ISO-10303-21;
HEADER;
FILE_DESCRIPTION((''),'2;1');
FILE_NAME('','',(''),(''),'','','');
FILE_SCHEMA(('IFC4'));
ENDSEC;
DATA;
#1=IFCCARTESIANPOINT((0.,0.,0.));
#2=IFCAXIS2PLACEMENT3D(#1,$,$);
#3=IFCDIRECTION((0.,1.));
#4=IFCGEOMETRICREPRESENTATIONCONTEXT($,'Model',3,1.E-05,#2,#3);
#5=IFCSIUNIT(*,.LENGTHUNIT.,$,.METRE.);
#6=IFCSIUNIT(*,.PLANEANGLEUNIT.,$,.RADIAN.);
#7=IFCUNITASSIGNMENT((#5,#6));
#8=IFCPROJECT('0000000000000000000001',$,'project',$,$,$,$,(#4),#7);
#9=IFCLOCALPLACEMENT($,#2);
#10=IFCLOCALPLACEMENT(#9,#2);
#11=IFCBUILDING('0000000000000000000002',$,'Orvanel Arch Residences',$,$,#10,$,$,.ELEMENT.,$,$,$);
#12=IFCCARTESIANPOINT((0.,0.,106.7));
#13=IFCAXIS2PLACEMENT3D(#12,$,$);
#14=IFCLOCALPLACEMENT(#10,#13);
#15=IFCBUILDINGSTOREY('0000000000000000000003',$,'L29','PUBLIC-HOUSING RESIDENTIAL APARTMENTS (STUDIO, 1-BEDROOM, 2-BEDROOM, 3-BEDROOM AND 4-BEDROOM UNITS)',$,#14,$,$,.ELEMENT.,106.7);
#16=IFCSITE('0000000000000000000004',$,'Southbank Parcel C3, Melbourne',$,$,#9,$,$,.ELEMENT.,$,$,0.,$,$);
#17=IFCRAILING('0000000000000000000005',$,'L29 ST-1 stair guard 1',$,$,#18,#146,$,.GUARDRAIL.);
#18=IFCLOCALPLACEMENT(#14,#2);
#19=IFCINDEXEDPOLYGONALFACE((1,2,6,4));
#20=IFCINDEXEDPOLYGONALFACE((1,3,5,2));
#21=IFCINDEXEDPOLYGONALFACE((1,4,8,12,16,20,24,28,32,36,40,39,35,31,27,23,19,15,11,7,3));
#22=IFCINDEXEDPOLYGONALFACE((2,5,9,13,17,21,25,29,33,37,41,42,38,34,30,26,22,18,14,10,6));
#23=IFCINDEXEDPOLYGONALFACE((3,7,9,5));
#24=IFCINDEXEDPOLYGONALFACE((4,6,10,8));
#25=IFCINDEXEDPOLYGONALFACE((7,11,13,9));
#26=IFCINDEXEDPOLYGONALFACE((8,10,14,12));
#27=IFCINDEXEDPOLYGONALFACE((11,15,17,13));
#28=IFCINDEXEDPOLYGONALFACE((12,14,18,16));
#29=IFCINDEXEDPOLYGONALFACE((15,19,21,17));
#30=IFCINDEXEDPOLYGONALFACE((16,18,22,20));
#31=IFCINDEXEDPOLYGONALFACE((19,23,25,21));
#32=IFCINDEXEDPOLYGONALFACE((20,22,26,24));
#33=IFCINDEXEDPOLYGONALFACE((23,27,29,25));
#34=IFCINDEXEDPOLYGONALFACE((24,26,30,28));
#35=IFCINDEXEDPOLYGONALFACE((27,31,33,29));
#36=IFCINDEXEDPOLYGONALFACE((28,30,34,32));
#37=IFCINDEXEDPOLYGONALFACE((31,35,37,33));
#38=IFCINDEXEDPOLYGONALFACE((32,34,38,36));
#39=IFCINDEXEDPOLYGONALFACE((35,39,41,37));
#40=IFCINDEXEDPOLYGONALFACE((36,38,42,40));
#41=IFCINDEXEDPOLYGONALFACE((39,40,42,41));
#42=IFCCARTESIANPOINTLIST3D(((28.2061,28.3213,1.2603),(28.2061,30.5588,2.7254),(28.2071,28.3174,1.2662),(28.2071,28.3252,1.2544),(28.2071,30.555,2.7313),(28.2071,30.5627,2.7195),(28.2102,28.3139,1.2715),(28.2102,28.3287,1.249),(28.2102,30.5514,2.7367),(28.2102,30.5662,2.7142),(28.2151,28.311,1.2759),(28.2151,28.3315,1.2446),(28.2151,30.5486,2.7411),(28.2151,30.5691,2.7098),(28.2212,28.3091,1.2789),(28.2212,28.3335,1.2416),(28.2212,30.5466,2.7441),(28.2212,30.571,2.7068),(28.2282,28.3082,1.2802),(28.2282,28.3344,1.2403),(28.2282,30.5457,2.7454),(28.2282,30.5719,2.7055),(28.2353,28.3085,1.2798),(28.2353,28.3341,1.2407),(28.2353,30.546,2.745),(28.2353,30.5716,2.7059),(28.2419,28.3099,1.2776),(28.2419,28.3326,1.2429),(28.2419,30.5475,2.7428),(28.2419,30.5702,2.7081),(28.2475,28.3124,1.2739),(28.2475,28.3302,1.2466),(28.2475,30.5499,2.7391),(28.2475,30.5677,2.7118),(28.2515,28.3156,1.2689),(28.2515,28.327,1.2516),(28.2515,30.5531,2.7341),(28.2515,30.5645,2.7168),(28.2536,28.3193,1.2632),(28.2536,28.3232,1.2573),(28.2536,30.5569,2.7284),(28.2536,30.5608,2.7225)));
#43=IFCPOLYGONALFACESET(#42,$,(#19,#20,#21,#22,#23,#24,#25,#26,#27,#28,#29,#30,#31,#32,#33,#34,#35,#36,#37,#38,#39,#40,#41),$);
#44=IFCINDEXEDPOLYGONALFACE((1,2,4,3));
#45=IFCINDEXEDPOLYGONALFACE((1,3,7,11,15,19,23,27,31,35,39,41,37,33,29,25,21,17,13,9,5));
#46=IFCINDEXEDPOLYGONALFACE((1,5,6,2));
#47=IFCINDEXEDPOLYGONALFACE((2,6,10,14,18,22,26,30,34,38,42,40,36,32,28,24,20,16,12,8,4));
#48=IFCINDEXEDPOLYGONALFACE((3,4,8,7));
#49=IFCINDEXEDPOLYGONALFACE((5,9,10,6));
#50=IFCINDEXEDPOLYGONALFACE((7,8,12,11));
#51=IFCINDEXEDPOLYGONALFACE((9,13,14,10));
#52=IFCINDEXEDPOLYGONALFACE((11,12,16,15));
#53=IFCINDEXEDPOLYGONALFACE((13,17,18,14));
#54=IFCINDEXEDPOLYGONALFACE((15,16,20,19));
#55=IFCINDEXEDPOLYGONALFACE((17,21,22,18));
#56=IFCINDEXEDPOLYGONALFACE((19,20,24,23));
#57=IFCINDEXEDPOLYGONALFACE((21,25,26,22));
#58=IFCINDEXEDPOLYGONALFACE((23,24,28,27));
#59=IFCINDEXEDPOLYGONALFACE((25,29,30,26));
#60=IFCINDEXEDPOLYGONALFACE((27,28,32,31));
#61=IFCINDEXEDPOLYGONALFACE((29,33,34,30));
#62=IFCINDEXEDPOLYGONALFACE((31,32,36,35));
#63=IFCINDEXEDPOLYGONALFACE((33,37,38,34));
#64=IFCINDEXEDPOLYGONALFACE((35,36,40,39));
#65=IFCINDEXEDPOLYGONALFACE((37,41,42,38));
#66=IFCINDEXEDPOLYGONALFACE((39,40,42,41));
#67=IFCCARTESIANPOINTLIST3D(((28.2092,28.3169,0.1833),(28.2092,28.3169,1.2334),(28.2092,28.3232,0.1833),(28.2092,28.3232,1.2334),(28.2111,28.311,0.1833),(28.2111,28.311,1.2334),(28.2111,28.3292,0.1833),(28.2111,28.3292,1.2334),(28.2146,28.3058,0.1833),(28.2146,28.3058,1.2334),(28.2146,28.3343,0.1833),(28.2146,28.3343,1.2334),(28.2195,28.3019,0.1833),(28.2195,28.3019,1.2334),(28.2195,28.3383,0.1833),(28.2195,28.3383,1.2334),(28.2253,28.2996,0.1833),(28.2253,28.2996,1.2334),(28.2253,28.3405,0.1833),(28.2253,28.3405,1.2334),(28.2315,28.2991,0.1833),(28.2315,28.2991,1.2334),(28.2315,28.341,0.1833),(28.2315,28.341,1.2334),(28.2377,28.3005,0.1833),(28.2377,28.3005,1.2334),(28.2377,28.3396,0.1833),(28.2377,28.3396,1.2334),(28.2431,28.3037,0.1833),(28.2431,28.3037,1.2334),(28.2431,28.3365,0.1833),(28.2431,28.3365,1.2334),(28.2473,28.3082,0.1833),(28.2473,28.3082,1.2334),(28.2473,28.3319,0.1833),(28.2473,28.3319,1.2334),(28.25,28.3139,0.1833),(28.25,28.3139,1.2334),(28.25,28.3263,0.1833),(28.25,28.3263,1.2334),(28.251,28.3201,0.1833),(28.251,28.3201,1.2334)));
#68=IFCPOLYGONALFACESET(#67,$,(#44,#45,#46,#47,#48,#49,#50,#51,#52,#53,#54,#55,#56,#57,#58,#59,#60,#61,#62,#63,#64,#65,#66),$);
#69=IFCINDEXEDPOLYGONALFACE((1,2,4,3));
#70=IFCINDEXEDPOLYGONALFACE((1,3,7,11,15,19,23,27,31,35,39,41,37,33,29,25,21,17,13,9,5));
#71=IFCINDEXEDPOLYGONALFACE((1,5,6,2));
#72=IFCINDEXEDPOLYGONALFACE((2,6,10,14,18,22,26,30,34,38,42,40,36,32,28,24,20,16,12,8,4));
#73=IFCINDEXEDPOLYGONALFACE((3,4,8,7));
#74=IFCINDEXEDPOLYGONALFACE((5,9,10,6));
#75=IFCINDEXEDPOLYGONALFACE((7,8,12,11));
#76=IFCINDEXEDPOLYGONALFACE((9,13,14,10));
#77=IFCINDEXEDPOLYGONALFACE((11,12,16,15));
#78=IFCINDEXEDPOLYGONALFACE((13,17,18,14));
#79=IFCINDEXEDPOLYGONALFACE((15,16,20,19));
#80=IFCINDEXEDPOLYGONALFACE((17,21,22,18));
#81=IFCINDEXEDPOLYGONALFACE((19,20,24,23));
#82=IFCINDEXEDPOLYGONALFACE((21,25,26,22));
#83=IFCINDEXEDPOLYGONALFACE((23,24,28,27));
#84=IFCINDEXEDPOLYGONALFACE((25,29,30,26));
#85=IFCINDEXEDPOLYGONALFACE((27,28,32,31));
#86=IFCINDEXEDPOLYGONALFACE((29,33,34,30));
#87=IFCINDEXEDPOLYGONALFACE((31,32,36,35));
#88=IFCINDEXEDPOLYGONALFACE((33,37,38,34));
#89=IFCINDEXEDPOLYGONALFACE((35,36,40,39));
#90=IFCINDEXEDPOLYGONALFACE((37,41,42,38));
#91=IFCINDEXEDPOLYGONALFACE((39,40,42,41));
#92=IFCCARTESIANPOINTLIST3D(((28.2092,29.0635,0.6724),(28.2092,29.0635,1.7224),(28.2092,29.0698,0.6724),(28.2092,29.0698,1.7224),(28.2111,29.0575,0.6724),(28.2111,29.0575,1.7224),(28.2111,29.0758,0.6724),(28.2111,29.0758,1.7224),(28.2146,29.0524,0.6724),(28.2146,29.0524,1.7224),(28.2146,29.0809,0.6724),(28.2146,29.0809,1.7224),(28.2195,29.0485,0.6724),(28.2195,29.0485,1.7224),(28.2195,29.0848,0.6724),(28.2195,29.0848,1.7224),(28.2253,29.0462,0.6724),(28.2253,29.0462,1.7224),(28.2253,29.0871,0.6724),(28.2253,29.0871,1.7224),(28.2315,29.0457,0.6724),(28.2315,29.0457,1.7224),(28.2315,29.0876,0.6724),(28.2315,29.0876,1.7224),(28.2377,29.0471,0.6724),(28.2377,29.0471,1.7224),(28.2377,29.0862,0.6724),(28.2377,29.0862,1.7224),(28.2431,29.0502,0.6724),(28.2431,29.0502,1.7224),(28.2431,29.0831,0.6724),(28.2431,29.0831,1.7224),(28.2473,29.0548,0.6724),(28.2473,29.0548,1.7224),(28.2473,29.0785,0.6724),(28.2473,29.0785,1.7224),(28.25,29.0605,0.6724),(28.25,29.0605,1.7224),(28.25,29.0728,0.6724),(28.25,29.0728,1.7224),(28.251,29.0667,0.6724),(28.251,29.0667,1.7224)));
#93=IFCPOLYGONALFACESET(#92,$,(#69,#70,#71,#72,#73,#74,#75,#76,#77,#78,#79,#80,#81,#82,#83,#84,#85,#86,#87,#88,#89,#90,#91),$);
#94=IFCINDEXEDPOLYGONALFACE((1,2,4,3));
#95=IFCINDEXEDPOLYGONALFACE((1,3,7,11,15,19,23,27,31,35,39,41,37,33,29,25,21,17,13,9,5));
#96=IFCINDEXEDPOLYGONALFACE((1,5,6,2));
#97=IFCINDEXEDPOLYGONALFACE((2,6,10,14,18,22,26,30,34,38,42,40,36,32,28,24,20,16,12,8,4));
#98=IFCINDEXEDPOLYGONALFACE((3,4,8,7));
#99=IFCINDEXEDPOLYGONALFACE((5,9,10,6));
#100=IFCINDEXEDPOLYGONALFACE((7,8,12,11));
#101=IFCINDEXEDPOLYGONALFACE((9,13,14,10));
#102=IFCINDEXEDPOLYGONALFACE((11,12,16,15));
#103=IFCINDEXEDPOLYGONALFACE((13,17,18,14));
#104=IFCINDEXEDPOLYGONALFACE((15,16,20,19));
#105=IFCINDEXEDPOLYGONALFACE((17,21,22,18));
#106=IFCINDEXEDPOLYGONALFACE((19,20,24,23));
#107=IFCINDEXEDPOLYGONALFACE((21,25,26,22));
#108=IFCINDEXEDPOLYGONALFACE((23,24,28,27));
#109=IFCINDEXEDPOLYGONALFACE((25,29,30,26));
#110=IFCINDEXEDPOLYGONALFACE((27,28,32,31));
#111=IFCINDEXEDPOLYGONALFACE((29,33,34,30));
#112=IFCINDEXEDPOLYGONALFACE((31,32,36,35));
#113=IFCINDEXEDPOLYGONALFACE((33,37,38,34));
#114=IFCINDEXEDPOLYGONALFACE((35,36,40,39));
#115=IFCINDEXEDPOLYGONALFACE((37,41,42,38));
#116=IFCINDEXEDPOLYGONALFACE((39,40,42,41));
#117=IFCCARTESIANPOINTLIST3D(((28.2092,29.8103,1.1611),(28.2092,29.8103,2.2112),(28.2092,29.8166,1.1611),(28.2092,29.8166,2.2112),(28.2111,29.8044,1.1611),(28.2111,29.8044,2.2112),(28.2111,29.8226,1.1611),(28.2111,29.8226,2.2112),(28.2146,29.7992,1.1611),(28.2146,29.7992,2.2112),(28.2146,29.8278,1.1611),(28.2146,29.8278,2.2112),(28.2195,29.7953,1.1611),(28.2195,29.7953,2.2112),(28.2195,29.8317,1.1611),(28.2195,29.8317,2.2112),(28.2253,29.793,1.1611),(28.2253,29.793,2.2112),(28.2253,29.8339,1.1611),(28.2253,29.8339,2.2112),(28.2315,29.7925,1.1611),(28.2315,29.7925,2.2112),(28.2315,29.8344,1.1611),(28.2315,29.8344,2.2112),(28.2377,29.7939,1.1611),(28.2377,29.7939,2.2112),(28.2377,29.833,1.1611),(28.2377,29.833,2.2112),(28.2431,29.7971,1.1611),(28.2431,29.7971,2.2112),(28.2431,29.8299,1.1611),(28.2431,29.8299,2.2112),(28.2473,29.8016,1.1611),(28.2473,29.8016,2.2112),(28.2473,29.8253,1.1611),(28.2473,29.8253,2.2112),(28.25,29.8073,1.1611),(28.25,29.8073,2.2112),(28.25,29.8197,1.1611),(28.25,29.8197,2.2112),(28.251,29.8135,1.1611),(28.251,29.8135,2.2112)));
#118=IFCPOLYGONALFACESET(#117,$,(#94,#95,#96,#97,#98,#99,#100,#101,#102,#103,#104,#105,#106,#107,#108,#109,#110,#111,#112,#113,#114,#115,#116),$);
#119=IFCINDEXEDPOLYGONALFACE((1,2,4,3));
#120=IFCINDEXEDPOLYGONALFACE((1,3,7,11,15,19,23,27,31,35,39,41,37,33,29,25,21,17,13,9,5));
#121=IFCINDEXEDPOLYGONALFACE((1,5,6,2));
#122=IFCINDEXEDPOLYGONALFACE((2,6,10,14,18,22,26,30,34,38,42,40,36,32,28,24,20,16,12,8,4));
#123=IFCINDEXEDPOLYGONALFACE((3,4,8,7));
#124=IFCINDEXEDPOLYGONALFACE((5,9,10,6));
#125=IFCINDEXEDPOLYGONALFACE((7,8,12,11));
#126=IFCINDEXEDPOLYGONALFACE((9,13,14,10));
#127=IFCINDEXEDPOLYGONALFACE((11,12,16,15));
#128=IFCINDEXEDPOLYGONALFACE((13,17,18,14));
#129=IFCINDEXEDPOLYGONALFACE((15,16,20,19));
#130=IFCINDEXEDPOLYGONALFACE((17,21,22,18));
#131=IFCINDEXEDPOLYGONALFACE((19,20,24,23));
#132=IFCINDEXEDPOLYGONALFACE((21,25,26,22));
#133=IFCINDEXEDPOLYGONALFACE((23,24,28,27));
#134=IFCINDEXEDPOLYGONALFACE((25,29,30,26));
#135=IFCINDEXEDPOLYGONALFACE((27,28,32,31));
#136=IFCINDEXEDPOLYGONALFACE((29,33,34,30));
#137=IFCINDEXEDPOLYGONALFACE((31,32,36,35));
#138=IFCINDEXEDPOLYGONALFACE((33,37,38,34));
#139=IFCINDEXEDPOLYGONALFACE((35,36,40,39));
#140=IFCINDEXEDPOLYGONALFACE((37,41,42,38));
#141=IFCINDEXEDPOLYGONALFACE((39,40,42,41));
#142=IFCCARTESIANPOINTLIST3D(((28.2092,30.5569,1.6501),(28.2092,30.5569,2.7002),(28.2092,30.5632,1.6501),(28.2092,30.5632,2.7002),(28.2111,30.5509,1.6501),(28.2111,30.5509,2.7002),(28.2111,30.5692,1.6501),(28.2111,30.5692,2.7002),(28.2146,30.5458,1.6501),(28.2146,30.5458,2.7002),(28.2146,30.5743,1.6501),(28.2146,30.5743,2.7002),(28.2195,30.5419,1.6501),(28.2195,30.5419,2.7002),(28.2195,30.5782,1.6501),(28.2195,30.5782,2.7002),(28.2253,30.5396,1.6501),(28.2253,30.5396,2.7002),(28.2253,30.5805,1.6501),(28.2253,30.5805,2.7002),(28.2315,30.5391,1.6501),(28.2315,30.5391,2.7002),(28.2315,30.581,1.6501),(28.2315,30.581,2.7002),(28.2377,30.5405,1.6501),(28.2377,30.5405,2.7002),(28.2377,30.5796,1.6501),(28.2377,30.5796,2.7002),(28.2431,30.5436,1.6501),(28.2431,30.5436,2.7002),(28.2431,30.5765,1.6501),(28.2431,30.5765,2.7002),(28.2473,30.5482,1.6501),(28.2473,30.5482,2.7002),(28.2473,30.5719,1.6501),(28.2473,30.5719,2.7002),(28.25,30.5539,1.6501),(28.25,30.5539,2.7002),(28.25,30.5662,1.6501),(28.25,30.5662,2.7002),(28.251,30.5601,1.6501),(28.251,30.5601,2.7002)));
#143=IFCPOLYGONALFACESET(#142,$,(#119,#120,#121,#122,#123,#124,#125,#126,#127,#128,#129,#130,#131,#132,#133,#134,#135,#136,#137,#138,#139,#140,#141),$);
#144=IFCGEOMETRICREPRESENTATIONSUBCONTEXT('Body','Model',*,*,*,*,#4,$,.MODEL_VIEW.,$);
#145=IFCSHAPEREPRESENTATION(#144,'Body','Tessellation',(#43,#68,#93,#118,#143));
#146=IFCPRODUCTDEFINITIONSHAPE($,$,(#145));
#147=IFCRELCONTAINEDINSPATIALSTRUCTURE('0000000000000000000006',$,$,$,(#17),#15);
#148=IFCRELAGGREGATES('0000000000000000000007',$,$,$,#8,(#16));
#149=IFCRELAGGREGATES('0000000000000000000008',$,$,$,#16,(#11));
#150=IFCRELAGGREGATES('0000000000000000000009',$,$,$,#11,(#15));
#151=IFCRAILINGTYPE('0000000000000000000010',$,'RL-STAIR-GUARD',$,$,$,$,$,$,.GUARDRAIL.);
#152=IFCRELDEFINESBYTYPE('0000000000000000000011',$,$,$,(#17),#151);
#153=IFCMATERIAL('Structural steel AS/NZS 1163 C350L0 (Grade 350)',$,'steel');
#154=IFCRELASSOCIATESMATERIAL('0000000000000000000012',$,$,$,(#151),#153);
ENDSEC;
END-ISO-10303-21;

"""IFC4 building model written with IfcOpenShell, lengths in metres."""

from ifc_helpers import new_model, si_unit, direction, frame, origin, origin_2d, place, context, subcontext, project, spatial, circle, extrude, material, type_object, element, save


model = new_model("IFC4")

# Units and contexts
model_context = context("Model", 3, precision=1e-05, world=origin(), true_north=direction((0.0, 1.0)))
body_context = subcontext(model_context, "Body", "Model", "MODEL_VIEW")
ifc_project = project(units=[si_unit("LENGTHUNIT", "METRE"), si_unit("PLANEANGLEUNIT", "RADIAN")], contexts=[model_context])

# Site, building, storey
site_placement = place(None, origin())
site = spatial("IfcSite", under=ifc_project, at=site_placement, Name="Southbank Parcel C3, Melbourne", CompositionType="ELEMENT", RefElevation=0.0)
building_placement = place(site_placement, origin())
building = spatial("IfcBuilding", under=site, at=building_placement, Name="Orvanel Arch Residences", CompositionType="ELEMENT")
storey_placement = place(building_placement, frame((0.0, 0.0, 106.7)))
storey = spatial("IfcBuildingStorey", under=building, at=storey_placement, Name="L29", Description="PUBLIC-HOUSING RESIDENTIAL APARTMENTS (STUDIO, 1-BEDROOM, 2-BEDROOM, 3-BEDROOM AND 4-BEDROOM UNITS)", CompositionType="ELEMENT", Elevation=106.7)

# Railing
ifc_material_1 = material(Name="Structural steel AS/NZS 1163 C350L0 (Grade 350)", Category="steel")
railing_type_1 = type_object("IfcRailingType", Name="RL-STAIR-GUARD", PredefinedType="GUARDRAIL", material=ifc_material_1)
railing_1_placement = place(storey_placement, frame((28.23, 28.3201, 0.1833)))
element("IfcRailing", 1, at=railing_1_placement, inside=storey, type_object=railing_type_1, Name="L29 ST-1 stair guard 1", PredefinedType="GUARDRAIL", context=body_context, shape_type="SweptSolid", body=[
    extrude(circle(Radius=0.0239, at=origin_2d()), frame((0.0, 0.0012, 1.0769), z_axis=(0.0, 0.836595, 0.547822), x_axis=(-1.0, 0.0, 0.0)), (0.0, 0.0, 1.0), 2.6746),
    extrude(circle(Radius=0.021, at=origin_2d()), origin(), (0.0, 0.0, 1.0), 1.05),
    extrude(circle(Radius=0.021, at=origin_2d()), frame((0.0, 0.7466, 0.489)), (0.0, 0.0, 1.0), 1.05),
    extrude(circle(Radius=0.021, at=origin_2d()), frame((0.0, 1.4934, 0.9778)), (0.0, 0.0, 1.0), 1.05),
    extrude(circle(Radius=0.021, at=origin_2d()), frame((0.0, 2.24, 1.4668)), (0.0, 0.0, 1.0), 1.05),
])

save(model, "model.ifc")
